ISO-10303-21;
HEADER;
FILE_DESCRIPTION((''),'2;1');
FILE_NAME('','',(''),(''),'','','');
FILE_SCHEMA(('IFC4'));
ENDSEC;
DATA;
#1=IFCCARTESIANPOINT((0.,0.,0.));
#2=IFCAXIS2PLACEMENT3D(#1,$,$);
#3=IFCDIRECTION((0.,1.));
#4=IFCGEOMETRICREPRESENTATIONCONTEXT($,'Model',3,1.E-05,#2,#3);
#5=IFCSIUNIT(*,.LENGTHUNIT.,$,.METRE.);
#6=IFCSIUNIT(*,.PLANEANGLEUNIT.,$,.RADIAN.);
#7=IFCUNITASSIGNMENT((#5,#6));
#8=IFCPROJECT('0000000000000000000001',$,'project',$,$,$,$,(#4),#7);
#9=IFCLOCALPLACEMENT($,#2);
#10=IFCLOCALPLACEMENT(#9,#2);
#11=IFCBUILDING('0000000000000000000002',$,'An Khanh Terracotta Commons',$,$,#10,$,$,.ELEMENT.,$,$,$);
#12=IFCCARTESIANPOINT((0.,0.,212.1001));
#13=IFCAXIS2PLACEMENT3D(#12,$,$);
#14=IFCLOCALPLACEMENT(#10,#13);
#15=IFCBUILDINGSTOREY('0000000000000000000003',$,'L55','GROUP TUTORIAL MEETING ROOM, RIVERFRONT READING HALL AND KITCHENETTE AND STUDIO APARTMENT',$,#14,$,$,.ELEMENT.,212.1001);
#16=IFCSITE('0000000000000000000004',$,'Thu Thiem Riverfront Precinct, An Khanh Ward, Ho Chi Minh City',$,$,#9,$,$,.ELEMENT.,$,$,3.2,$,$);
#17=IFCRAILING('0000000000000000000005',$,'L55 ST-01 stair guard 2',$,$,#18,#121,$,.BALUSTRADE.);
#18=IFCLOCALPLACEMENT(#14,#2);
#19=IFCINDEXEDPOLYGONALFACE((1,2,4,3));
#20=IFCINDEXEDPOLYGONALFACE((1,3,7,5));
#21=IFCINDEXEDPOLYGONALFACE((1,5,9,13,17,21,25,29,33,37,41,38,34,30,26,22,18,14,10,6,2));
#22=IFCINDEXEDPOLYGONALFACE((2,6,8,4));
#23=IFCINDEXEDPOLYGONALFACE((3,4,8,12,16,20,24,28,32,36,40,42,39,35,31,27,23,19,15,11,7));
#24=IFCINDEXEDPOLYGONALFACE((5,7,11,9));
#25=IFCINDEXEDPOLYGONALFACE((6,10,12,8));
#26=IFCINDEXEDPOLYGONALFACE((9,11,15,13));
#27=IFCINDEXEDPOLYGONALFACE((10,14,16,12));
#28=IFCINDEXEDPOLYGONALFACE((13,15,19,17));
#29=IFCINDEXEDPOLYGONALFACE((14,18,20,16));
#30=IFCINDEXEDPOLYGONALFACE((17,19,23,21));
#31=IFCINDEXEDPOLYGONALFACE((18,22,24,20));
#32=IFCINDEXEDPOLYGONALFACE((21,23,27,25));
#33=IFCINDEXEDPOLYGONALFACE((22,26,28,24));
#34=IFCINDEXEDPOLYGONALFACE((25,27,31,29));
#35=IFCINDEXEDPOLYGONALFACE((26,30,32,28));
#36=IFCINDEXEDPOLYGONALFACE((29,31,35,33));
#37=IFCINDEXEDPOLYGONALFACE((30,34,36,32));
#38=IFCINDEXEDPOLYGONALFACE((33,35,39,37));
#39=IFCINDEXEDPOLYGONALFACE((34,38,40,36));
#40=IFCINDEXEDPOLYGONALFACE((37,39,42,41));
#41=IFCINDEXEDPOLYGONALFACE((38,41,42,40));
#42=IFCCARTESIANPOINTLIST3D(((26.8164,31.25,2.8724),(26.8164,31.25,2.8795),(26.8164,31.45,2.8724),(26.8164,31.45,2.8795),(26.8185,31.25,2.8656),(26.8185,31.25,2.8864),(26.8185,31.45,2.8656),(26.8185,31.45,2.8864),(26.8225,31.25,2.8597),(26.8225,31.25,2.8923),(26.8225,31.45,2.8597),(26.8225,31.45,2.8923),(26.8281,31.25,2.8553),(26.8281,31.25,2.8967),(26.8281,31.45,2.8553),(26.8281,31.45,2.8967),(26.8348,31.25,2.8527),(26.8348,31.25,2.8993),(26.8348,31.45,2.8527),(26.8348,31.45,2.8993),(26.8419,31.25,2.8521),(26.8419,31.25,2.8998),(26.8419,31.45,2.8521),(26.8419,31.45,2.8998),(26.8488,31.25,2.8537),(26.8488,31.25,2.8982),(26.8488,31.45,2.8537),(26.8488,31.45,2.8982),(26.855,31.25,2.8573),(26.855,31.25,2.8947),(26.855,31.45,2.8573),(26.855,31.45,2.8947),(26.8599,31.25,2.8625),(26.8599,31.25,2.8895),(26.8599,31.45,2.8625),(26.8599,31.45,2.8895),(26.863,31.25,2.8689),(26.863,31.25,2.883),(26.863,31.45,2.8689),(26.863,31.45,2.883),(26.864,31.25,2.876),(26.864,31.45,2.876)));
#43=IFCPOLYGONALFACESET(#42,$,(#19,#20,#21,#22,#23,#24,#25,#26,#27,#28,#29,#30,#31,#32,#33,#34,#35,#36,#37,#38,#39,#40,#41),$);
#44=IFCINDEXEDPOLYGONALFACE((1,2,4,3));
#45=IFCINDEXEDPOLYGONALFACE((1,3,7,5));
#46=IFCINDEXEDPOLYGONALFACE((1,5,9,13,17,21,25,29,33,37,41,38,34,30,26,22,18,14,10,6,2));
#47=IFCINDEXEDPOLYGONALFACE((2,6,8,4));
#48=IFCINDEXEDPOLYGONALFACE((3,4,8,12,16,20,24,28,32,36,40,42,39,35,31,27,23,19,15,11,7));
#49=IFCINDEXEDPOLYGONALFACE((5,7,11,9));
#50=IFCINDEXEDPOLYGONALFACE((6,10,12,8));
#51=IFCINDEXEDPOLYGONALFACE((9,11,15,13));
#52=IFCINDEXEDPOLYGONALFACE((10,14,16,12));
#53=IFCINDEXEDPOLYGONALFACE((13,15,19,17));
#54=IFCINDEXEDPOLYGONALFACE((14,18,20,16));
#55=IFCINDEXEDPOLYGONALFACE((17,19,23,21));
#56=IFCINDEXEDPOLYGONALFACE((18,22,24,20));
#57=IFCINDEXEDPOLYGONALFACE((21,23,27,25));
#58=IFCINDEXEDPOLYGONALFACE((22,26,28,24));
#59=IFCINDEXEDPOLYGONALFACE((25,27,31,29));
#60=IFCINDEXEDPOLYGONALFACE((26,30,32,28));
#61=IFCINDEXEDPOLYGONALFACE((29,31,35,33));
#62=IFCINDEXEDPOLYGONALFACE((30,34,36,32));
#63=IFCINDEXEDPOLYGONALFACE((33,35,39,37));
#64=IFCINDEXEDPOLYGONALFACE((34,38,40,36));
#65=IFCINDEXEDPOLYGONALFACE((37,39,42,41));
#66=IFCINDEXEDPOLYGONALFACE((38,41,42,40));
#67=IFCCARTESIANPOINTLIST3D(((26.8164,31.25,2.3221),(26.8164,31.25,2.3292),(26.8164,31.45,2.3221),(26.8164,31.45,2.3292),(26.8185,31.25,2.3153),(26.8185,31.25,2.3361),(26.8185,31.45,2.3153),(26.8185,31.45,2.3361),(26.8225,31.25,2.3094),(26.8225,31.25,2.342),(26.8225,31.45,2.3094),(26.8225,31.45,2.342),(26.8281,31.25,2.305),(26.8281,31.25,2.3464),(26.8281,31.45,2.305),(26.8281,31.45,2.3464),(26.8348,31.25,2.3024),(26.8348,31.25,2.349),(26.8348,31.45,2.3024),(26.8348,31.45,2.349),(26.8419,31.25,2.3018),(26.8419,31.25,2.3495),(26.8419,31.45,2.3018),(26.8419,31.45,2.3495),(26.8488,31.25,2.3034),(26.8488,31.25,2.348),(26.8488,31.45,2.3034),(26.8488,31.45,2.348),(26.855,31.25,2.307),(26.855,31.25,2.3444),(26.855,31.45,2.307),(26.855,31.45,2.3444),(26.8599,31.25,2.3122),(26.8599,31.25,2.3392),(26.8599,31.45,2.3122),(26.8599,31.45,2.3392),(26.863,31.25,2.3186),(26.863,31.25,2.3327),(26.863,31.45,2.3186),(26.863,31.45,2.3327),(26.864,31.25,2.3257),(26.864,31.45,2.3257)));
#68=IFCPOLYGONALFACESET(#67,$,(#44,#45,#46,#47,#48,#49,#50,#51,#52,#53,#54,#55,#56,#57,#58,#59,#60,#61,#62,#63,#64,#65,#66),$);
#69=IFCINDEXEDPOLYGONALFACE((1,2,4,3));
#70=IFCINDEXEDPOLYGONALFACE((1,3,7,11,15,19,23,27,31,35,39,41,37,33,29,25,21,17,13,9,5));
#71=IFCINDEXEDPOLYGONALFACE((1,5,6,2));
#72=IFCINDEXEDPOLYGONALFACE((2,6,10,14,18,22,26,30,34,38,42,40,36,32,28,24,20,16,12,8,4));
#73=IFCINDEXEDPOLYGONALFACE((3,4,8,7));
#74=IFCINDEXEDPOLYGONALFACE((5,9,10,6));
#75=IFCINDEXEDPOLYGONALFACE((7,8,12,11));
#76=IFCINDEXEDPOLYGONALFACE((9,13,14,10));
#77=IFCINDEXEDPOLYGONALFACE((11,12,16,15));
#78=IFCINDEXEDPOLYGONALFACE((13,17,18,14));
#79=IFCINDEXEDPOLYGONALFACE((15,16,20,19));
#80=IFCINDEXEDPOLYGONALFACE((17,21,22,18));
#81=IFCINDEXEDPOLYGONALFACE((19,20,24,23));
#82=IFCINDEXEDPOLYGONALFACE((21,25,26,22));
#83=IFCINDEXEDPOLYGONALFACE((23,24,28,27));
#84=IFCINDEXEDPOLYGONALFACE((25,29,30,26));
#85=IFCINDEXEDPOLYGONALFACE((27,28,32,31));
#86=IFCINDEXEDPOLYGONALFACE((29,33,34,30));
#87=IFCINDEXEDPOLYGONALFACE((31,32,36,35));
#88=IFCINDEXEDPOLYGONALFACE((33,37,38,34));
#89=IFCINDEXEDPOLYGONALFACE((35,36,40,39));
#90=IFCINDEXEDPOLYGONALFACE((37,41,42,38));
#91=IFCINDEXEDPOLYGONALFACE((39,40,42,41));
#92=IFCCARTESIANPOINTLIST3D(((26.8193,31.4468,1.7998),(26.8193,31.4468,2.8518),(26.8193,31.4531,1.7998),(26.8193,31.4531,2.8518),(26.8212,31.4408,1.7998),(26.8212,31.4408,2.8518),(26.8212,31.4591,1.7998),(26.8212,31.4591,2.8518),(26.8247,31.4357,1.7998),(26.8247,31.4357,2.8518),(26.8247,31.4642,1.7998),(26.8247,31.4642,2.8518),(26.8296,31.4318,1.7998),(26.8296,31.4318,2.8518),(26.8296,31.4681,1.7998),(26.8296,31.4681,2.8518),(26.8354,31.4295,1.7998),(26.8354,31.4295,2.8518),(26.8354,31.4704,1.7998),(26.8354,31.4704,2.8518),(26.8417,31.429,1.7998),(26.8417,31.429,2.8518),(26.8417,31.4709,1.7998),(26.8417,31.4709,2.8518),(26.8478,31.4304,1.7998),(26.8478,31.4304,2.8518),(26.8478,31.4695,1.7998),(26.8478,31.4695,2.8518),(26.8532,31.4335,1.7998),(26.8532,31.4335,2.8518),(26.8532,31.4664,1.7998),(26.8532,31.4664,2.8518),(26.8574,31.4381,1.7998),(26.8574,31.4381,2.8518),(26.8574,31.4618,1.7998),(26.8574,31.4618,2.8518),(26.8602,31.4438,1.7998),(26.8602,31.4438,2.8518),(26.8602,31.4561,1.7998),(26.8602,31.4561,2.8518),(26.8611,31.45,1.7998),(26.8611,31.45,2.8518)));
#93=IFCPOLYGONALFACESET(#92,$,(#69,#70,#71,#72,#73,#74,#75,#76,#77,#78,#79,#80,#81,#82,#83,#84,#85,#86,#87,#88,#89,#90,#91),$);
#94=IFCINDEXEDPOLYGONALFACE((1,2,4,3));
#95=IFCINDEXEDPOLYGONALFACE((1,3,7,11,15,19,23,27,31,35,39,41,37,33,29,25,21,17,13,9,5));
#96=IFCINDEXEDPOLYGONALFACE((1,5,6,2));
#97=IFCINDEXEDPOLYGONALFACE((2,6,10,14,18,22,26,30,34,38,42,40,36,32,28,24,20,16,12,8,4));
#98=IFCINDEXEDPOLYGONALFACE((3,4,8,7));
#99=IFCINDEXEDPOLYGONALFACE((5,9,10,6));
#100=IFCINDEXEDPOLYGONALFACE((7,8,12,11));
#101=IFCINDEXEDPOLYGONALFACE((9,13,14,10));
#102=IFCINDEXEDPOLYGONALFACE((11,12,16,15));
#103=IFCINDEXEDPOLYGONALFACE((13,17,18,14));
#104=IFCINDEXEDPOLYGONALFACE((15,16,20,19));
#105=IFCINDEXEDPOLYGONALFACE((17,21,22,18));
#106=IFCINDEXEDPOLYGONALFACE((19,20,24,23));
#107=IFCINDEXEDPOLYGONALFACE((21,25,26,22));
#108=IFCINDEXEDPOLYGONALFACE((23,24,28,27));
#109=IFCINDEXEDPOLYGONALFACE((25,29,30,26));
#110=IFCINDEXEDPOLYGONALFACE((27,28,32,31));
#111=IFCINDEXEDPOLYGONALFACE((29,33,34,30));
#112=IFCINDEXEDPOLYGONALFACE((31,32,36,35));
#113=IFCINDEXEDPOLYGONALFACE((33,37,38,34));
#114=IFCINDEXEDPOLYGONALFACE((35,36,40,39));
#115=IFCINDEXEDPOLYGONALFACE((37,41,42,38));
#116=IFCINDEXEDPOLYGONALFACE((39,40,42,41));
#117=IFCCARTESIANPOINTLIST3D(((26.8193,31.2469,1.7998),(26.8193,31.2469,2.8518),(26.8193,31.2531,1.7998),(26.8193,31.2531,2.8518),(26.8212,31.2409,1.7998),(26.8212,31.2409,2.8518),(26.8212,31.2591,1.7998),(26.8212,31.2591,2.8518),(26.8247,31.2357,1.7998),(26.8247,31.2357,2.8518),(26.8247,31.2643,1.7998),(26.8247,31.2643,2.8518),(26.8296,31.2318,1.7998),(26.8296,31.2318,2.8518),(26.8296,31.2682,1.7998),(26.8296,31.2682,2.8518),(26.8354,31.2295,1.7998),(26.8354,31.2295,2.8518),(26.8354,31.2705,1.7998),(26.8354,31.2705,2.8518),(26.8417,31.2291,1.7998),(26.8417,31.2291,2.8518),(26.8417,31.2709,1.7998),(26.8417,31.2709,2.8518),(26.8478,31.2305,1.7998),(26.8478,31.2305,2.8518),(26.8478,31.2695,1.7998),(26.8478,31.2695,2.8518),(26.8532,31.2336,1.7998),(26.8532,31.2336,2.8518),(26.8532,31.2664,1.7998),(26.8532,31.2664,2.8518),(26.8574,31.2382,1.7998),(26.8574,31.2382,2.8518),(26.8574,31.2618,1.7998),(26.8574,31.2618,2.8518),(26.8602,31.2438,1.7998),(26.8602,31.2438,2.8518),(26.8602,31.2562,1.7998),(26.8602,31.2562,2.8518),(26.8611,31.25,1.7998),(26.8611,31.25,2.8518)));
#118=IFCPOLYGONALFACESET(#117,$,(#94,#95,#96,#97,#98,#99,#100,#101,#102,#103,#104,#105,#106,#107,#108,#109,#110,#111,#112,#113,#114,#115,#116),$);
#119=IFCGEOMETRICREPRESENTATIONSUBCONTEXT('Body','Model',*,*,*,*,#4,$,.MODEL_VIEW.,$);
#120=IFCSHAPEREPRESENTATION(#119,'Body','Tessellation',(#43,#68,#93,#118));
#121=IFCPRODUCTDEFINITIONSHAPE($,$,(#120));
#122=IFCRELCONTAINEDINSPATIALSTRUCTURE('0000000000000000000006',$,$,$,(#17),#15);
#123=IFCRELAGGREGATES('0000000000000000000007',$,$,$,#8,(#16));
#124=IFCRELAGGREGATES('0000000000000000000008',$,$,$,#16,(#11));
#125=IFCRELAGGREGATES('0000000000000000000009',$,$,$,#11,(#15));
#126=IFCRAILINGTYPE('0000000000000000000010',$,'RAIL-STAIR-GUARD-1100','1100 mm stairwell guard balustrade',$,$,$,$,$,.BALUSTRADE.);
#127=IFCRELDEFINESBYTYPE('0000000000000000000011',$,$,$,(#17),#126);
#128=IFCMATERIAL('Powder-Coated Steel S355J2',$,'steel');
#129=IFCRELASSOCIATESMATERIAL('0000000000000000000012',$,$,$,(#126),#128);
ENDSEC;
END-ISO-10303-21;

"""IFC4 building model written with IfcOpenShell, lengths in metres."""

from ifc_helpers import new_model, si_unit, direction, frame, origin, origin_2d, place, context, subcontext, project, spatial, circle, extrude, material, type_object, element, save


model = new_model("IFC4")

# Units and contexts
model_context = context("Model", 3, precision=1e-05, world=origin(), true_north=direction((0.0, 1.0)))
body_context = subcontext(model_context, "Body", "Model", "MODEL_VIEW")
ifc_project = project(units=[si_unit("LENGTHUNIT", "METRE"), si_unit("PLANEANGLEUNIT", "RADIAN")], contexts=[model_context])

# Site, building, storey
site_placement = place(None, origin())
site = spatial("IfcSite", under=ifc_project, at=site_placement, Name="Thu Thiem Riverfront Precinct, An Khanh Ward, Ho Chi Minh City", CompositionType="ELEMENT", RefElevation=3.2)
building_placement = place(site_placement, origin())
building = spatial("IfcBuilding", under=site, at=building_placement, Name="An Khanh Terracotta Commons", CompositionType="ELEMENT")
storey_placement = place(building_placement, frame((0.0, 0.0, 212.1001)))
storey = spatial("IfcBuildingStorey", under=building, at=storey_placement, Name="L55", Description="GROUP TUTORIAL MEETING ROOM, RIVERFRONT READING HALL AND KITCHENETTE AND STUDIO APARTMENT", CompositionType="ELEMENT", Elevation=212.1001)

# Railing
ifc_material_1 = material(Name="Powder-Coated Steel S355J2", Category="steel")
railing_type_1 = type_object("IfcRailingType", Name="RAIL-STAIR-GUARD-1100", Description="1100 mm stairwell guard balustrade", PredefinedType="BALUSTRADE", material=ifc_material_1)
railing_1_placement = place(storey_placement, frame((26.8401, 31.45, 1.7998)))
element("IfcRailing", 1, at=railing_1_placement, inside=storey, type_object=railing_type_1, Name="L55 ST-01 stair guard 2", PredefinedType="BALUSTRADE", context=body_context, shape_type="SweptSolid", body=[
    extrude(circle(Radius=0.0239, at=origin_2d()), frame((0.0, 0.0, 1.0762), z_axis=(0.0, -1.0, 0.0), x_axis=(1.0, 0.0, 0.0)), (0.0, 0.0, 1.0), 0.2),
    extrude(circle(Radius=0.0239, at=origin_2d()), frame((0.0, 0.0, 0.5259), z_axis=(0.0, -1.0, 0.0), x_axis=(1.0, 0.0, 0.0)), (0.0, 0.0, 1.0), 0.2),
    extrude(circle(Radius=0.021, at=origin_2d()), origin(), (0.0, 0.0, 1.0), 1.052),
    extrude(circle(Radius=0.021, at=origin_2d()), frame((0.0, -0.2, 0.0)), (0.0, 0.0, 1.0), 1.052),
])

save(model, "model.ifc")
